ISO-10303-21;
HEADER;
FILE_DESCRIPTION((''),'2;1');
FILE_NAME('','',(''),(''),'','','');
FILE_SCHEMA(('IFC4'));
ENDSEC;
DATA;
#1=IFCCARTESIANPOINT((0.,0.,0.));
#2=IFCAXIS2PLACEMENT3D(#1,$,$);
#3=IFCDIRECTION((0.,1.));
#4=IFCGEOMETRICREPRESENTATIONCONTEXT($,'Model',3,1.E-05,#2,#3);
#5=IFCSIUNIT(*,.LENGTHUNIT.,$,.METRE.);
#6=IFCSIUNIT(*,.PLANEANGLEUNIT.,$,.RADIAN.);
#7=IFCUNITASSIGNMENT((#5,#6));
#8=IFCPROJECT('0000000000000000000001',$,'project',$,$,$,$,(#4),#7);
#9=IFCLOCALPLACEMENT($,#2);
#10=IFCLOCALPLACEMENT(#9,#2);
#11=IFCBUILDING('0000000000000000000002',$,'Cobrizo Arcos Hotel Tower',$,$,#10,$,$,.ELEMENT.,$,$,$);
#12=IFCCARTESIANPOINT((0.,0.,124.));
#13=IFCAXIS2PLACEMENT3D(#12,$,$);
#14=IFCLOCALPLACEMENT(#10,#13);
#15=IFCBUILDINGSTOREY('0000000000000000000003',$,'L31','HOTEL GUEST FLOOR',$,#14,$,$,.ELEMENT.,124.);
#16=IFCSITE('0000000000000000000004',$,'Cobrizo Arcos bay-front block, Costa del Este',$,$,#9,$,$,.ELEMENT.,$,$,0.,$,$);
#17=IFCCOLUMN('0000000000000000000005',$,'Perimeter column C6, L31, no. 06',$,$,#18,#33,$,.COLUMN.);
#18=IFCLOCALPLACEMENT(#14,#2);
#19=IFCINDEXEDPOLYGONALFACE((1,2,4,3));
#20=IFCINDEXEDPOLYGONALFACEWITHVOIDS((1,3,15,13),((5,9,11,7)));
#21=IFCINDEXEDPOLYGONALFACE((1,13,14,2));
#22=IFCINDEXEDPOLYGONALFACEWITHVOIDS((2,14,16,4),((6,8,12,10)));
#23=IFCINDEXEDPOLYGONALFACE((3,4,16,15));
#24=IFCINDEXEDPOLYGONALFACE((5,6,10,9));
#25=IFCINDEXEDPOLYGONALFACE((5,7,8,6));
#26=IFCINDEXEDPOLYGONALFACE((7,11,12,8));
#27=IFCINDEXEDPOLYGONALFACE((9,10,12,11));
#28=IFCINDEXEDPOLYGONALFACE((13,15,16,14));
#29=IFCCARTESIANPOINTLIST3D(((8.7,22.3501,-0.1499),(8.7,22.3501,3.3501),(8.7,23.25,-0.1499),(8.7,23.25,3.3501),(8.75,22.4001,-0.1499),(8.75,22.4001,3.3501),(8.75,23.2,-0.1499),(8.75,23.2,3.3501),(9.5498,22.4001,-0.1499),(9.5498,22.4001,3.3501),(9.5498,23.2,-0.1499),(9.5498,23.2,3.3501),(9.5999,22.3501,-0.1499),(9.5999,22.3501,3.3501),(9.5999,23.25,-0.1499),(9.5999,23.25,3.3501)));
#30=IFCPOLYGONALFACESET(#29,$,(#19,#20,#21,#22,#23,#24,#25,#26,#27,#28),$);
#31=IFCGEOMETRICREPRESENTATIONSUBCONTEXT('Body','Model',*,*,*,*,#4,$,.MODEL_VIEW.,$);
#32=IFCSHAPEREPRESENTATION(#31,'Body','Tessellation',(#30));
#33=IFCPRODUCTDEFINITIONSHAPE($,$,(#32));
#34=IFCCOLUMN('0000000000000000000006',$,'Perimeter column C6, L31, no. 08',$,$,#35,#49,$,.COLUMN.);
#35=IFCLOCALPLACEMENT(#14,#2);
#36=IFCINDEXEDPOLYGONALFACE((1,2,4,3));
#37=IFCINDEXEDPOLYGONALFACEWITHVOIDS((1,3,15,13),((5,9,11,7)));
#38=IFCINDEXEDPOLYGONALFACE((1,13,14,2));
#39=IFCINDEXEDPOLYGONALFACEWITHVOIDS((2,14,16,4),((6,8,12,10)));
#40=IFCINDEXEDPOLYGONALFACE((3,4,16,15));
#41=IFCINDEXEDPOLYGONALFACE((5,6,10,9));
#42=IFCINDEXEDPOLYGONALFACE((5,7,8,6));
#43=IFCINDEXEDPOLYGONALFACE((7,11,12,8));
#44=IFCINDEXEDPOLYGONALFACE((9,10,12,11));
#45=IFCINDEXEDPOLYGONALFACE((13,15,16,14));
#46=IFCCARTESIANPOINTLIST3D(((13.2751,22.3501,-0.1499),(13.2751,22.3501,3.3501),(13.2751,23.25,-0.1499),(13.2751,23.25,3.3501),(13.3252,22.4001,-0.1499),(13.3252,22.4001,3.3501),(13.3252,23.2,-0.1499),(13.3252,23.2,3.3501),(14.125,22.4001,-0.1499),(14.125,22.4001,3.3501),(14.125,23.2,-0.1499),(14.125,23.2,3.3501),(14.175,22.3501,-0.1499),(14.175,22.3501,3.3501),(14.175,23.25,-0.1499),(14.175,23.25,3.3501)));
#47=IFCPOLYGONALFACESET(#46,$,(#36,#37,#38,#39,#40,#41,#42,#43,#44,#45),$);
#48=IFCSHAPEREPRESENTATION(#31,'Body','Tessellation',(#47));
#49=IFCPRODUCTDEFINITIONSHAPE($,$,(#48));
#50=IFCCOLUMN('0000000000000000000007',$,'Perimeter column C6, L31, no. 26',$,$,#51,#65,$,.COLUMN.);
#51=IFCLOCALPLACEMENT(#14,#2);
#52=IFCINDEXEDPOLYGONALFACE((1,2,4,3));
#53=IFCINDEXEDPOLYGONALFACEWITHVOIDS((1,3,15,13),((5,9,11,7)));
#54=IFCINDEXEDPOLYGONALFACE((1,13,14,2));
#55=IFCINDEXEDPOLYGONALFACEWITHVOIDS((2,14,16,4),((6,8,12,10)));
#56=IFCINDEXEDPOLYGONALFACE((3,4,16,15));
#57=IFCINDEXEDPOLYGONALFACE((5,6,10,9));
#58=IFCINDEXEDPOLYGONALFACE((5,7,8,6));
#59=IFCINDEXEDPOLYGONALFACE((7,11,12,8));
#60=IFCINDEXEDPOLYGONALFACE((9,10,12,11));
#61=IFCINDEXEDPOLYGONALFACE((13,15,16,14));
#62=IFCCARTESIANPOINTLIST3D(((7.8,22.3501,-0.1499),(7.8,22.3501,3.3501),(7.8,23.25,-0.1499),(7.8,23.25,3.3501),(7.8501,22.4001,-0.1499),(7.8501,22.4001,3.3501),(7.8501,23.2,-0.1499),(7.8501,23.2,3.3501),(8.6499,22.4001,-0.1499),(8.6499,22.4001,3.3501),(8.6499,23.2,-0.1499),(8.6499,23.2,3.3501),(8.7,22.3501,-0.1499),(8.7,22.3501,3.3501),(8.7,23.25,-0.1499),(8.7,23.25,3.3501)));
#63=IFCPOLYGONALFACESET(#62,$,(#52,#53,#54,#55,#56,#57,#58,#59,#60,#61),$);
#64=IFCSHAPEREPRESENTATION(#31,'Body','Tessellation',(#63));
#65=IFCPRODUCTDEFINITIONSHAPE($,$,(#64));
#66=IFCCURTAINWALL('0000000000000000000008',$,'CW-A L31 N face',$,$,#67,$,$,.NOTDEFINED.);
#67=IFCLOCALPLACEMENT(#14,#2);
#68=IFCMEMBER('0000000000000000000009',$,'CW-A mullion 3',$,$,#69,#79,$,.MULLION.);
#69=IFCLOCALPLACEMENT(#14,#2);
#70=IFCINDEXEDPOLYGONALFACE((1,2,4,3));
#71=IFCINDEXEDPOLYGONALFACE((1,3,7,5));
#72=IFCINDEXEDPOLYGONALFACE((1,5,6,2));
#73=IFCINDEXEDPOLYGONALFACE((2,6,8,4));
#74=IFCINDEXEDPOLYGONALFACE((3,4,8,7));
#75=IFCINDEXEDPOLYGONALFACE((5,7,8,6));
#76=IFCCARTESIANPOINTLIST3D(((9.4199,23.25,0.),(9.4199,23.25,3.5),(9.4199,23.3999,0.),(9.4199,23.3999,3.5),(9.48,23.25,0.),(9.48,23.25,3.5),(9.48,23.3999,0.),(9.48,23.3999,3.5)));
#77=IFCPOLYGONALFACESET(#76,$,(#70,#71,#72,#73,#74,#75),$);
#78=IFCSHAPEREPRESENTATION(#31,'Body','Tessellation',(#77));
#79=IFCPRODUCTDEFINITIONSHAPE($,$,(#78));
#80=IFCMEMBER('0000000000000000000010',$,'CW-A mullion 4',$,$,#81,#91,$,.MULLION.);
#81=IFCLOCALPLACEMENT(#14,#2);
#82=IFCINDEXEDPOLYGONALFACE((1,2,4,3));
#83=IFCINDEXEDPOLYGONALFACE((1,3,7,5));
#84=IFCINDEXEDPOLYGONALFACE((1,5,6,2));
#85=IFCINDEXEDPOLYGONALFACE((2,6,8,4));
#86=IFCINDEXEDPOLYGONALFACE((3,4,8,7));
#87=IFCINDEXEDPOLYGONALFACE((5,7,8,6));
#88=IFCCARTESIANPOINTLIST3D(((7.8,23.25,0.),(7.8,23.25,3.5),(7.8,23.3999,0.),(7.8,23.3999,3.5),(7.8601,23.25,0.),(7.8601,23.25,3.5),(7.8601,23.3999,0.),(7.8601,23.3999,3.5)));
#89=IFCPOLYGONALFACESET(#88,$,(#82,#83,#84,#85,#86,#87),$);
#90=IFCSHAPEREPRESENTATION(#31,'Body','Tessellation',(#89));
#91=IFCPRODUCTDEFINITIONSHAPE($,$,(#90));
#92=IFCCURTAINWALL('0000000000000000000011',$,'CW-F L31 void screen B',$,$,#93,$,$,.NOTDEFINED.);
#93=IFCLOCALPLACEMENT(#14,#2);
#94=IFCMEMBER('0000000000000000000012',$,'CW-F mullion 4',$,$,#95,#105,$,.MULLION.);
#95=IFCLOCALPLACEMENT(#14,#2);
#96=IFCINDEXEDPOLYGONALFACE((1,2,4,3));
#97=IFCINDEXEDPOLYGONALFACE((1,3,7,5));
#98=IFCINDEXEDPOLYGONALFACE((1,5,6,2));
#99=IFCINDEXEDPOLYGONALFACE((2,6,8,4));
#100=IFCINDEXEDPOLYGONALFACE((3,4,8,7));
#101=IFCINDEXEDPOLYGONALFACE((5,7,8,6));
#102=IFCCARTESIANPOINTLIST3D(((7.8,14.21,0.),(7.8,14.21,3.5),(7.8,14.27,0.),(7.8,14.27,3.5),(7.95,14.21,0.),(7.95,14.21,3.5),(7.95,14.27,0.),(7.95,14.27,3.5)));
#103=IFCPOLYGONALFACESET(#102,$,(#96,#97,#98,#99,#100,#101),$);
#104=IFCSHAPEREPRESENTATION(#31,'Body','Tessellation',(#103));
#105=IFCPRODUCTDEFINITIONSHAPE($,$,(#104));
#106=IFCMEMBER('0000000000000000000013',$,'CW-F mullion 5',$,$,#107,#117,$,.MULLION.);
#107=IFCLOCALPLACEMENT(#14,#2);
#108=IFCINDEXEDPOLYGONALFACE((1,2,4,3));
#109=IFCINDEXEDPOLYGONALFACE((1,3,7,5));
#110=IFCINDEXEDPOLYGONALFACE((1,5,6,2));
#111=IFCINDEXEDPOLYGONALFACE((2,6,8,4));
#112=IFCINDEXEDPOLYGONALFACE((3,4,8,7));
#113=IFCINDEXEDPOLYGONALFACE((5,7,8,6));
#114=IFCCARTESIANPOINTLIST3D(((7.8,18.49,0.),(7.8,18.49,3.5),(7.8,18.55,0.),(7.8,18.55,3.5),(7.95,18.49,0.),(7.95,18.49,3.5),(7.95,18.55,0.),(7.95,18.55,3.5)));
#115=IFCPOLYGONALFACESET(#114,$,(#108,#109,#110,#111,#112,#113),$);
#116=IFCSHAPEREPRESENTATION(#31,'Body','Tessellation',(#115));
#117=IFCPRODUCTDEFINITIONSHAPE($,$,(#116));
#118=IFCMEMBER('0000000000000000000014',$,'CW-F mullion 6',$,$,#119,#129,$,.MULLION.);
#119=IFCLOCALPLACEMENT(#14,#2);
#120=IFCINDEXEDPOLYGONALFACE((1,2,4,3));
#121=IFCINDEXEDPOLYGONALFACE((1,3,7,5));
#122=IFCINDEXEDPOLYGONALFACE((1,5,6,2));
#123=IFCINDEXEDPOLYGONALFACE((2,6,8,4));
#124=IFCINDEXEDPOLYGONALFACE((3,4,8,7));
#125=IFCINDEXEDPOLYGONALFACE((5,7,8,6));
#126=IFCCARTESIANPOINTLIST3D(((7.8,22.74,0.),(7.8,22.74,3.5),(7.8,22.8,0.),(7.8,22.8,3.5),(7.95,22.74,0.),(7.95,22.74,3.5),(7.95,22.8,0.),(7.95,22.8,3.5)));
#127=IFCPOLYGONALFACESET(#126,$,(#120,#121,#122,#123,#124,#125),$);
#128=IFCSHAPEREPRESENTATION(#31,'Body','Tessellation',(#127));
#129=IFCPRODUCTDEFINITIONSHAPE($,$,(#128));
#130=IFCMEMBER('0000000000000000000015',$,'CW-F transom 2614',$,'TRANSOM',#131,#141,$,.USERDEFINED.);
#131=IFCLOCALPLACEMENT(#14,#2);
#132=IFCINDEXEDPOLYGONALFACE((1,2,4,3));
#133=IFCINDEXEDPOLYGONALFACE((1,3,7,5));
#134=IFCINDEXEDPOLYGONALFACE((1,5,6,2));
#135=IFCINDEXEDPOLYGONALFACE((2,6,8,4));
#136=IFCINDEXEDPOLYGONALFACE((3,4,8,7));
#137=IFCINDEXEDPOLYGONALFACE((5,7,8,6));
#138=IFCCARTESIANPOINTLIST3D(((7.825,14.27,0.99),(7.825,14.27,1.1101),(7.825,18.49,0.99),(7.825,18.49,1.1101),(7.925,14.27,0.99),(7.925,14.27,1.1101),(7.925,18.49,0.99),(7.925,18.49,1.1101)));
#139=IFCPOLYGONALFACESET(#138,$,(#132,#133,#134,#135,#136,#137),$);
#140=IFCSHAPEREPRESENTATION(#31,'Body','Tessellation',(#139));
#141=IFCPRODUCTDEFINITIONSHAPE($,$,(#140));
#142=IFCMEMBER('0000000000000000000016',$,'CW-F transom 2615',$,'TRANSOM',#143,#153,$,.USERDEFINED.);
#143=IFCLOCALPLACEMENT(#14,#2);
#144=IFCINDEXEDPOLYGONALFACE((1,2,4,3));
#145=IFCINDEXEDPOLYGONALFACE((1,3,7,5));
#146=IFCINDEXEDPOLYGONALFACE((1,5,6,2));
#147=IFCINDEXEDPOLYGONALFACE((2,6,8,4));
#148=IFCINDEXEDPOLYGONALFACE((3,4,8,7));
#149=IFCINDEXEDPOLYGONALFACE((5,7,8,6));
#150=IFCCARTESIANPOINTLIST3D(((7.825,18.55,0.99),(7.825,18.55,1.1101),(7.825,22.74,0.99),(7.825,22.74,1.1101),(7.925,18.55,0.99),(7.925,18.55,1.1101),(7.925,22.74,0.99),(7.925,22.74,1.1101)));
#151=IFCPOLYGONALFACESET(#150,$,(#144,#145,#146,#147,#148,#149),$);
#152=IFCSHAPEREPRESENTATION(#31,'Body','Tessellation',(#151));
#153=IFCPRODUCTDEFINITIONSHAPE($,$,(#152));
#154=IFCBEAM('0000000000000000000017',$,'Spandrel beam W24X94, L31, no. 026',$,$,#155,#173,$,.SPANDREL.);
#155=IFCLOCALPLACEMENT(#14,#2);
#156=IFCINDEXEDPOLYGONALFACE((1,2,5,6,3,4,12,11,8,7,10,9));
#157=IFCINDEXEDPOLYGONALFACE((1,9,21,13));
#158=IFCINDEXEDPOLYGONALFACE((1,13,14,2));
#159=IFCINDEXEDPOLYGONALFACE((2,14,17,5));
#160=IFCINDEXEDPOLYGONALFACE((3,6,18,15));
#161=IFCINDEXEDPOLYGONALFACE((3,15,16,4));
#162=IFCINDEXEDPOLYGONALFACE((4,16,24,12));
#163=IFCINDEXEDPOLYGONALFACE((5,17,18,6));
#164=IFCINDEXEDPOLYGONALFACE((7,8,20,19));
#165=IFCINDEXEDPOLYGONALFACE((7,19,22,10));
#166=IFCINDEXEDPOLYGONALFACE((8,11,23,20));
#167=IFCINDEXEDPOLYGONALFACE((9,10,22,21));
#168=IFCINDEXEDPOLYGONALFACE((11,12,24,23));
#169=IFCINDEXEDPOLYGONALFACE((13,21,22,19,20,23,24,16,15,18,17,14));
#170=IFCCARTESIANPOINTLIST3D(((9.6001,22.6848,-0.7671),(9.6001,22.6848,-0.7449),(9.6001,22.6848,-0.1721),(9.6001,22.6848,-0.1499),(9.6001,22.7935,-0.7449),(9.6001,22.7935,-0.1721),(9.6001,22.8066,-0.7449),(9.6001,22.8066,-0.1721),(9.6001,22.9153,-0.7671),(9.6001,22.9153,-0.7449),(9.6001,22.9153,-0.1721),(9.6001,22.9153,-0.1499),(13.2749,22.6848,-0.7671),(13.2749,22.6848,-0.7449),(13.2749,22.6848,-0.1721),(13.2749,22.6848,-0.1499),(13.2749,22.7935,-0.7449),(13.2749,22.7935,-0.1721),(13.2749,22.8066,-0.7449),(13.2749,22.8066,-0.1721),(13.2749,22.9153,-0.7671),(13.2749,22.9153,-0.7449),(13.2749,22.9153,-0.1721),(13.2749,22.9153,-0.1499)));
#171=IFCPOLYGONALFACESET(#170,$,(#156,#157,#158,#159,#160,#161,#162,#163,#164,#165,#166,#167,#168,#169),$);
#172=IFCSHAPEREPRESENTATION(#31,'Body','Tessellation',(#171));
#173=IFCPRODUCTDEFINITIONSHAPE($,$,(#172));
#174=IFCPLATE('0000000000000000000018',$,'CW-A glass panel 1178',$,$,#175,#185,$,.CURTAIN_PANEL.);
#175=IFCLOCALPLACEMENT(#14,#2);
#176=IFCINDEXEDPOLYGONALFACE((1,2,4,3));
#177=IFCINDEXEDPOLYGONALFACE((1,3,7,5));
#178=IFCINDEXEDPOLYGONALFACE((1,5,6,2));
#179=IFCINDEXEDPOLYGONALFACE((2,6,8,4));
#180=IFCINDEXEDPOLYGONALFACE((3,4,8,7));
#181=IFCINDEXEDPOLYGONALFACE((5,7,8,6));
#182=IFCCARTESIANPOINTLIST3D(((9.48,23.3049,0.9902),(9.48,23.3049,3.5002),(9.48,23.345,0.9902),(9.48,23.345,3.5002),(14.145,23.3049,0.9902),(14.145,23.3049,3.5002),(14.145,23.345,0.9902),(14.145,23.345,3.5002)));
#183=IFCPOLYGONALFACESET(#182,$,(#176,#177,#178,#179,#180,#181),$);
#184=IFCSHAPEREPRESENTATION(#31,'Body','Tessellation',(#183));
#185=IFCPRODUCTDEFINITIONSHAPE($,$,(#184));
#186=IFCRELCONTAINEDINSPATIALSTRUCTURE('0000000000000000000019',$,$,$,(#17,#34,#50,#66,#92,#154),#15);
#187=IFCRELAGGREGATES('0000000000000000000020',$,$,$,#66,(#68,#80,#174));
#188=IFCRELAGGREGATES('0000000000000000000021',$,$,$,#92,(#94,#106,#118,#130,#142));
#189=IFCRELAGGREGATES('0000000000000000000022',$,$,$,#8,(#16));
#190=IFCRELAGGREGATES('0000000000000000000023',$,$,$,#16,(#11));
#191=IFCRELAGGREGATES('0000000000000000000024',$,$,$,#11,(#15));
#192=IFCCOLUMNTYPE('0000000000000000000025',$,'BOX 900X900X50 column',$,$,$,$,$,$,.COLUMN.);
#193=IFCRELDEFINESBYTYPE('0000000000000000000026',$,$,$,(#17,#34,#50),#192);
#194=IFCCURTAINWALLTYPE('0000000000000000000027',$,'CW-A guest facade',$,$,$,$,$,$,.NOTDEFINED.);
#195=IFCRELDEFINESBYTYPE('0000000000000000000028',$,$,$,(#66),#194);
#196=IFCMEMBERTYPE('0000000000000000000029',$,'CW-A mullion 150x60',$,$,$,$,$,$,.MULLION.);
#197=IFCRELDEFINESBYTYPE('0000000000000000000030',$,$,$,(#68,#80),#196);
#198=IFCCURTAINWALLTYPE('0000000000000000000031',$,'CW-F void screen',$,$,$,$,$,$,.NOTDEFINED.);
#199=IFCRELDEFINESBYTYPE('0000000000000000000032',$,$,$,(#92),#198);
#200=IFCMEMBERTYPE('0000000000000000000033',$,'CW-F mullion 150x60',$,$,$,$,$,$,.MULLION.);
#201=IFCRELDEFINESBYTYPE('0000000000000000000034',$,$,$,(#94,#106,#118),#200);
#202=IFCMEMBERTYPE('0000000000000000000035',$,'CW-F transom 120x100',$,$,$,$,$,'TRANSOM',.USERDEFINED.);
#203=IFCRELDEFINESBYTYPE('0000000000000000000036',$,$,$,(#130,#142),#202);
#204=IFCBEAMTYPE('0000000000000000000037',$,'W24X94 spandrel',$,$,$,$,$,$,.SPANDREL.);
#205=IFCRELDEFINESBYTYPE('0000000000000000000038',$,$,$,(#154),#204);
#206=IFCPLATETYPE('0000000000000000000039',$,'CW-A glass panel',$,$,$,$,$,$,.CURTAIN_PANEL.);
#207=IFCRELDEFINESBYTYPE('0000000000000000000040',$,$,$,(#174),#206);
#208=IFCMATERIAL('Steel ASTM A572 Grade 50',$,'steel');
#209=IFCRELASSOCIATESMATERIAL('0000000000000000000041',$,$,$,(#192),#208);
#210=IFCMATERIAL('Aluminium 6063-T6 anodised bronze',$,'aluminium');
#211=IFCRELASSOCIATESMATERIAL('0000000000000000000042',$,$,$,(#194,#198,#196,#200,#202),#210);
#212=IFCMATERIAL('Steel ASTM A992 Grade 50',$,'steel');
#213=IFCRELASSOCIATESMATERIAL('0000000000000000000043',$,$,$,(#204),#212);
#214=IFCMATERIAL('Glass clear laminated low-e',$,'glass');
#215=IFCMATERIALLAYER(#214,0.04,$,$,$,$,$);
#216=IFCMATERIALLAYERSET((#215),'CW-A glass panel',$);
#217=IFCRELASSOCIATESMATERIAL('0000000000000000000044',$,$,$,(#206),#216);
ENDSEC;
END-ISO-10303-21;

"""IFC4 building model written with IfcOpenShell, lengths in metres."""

from ifc_helpers import new_model, si_unit, direction, frame, origin, origin_2d, place, context, subcontext, project, spatial, rectangle, hollow_rectangle, i_section, extrude, material, layer, layer_set, material_profile, profile_set, type_object, element, aggregate, save


model = new_model("IFC4")

# Units and contexts
model_context = context("Model", 3, precision=1e-05, world=origin(), true_north=direction((0.0, 1.0)))
body_context = subcontext(model_context, "Body", "Model", "MODEL_VIEW")
ifc_project = project(units=[si_unit("LENGTHUNIT", "METRE"), si_unit("PLANEANGLEUNIT", "RADIAN")], contexts=[model_context])

# Site, building, storey
site_placement = place(None, origin())
site = spatial("IfcSite", under=ifc_project, at=site_placement, Name="Cobrizo Arcos bay-front block, Costa del Este", CompositionType="ELEMENT", RefElevation=0.0)
building_placement = place(site_placement, origin())
building = spatial("IfcBuilding", under=site, at=building_placement, Name="Cobrizo Arcos Hotel Tower", CompositionType="ELEMENT")
storey_placement = place(building_placement, frame((0.0, 0.0, 124.0)))
storey = spatial("IfcBuildingStorey", under=building, at=storey_placement, Name="L31", Description="HOTEL GUEST FLOOR", CompositionType="ELEMENT", Elevation=124.0)

# Columns
ifc_material_1 = material(Name="Steel ASTM A572 Grade 50", Category="steel")
ifc_material_profile_1 = material_profile(ifc_material_1, hollow_rectangle(XDim=0.8999, YDim=0.8999, WallThickness=0.05, at=origin_2d()), Name="BOX 900X900X50")
ifc_profile_set_1 = profile_set([ifc_material_profile_1], Name="Steel ASTM A572 Grade 50")
column_type = type_object("IfcColumnType", Name="BOX 900X900X50 column", PredefinedType="COLUMN", material=ifc_profile_set_1)
for number, where, z_axis, x_axis, name in (
    (1, (9.1499, 22.8, -0.1499), (0.0, 0.0, 1.0), (1.0, 0.0, 0.0), "Perimeter column C6, L31, no. 06"),
    (2, (13.7251, 22.8, -0.1499), (0.0, 0.0, 1.0), (1.0, 0.0, 0.0), "Perimeter column C6, L31, no. 08"),
    (3, (8.25, 22.8, -0.1499), (0.0, 0.0, 1.0), (1.0, 0.0, 0.0), "Perimeter column C6, L31, no. 26"),
):
    element("IfcColumn", number, at=place(storey_placement, frame(where, z_axis=z_axis, x_axis=x_axis)), inside=storey, type_object=column_type, Name=name, PredefinedType="COLUMN", context=body_context, shape_type="SweptSolid", body=[
        extrude(hollow_rectangle(XDim=0.8999, YDim=0.8999, WallThickness=0.05, at=origin_2d()), origin(), (0.0, 0.0, 1.0), 3.5),
    ])

# Curtain walls, members
ifc_material_2 = material(Name="Aluminium 6063-T6 anodised bronze", Category="aluminium")
curtain_wall_type_1 = type_object("IfcCurtainWallType", Name="CW-A guest facade", PredefinedType="NOTDEFINED", material=ifc_material_2)
curtain_wall_1_placement = place(storey_placement, origin())
curtain_wall_1 = element("IfcCurtainWall", 4, at=curtain_wall_1_placement, inside=storey, type_object=curtain_wall_type_1, Name="CW-A L31 N face", PredefinedType="NOTDEFINED")
ifc_material_profile_2 = material_profile(ifc_material_2, rectangle(XDim=0.1499, YDim=0.0601, at=origin_2d()), Name="CW-A mullion 150x60")
ifc_profile_set_2 = profile_set([ifc_material_profile_2], Name="Aluminium 6063-T6 anodised bronze")
member_type_1 = type_object("IfcMemberType", Name="CW-A mullion 150x60", PredefinedType="MULLION", material=ifc_profile_set_2)
member_1_placement = place(storey_placement, frame((9.45, 23.325, 0.0), z_axis=(0.0, 0.0, 1.0), x_axis=(0.0, 1.0, 0.0)))
member_1 = element("IfcMember", 5, at=member_1_placement, type_object=member_type_1, Name="CW-A mullion 3", PredefinedType="MULLION", context=body_context, shape_type="SweptSolid", body=[
    extrude(rectangle(XDim=0.1499, YDim=0.0601, at=origin_2d()), origin(), (0.0, 0.0, 1.0), 3.5),
])
member_2_placement = place(storey_placement, frame((7.8301, 23.325, 0.0), z_axis=(0.0, 0.0, 1.0), x_axis=(0.0, 1.0, 0.0)))
member_2 = element("IfcMember", 6, at=member_2_placement, type_object=member_type_1, Name="CW-A mullion 4", PredefinedType="MULLION", context=body_context, shape_type="SweptSolid", body=[
    extrude(rectangle(XDim=0.1499, YDim=0.0601, at=origin_2d()), origin(), (0.0, 0.0, 1.0), 3.5),
])
curtain_wall_type_2 = type_object("IfcCurtainWallType", Name="CW-F void screen", PredefinedType="NOTDEFINED", material=ifc_material_2)
curtain_wall_2_placement = place(storey_placement, origin())
curtain_wall_2 = element("IfcCurtainWall", 7, at=curtain_wall_2_placement, inside=storey, type_object=curtain_wall_type_2, Name="CW-F L31 void screen B", PredefinedType="NOTDEFINED")
ifc_material_profile_3 = material_profile(ifc_material_2, rectangle(XDim=0.1499, YDim=0.0601, at=origin_2d()), Name="CW-F mullion 150x60")
ifc_profile_set_3 = profile_set([ifc_material_profile_3], Name="Aluminium 6063-T6 anodised bronze")
member_type_2 = type_object("IfcMemberType", Name="CW-F mullion 150x60", PredefinedType="MULLION", material=ifc_profile_set_3)
member_3_placement = place(storey_placement, frame((7.875, 14.24, 0.0), z_axis=(0.0, 0.0, 1.0), x_axis=(1.0, 0.0, 0.0)))
member_3 = element("IfcMember", 8, at=member_3_placement, type_object=member_type_2, Name="CW-F mullion 4", PredefinedType="MULLION", context=body_context, shape_type="SweptSolid", body=[
    extrude(rectangle(XDim=0.1499, YDim=0.0601, at=origin_2d()), origin(), (0.0, 0.0, 1.0), 3.5),
])
member_4_placement = place(storey_placement, frame((7.875, 18.52, 0.0), z_axis=(0.0, 0.0, 1.0), x_axis=(1.0, 0.0, 0.0)))
member_4 = element("IfcMember", 9, at=member_4_placement, type_object=member_type_2, Name="CW-F mullion 5", PredefinedType="MULLION", context=body_context, shape_type="SweptSolid", body=[
    extrude(rectangle(XDim=0.1499, YDim=0.0601, at=origin_2d()), origin(), (0.0, 0.0, 1.0), 3.5),
])
member_5_placement = place(storey_placement, frame((7.875, 22.77, 0.0), z_axis=(0.0, 0.0, 1.0), x_axis=(1.0, 0.0, 0.0)))
member_5 = element("IfcMember", 10, at=member_5_placement, type_object=member_type_2, Name="CW-F mullion 6", PredefinedType="MULLION", context=body_context, shape_type="SweptSolid", body=[
    extrude(rectangle(XDim=0.1499, YDim=0.0601, at=origin_2d()), origin(), (0.0, 0.0, 1.0), 3.5),
])
ifc_material_profile_4 = material_profile(ifc_material_2, rectangle(XDim=0.1001, YDim=0.1201, at=origin_2d()), Name="CW-F transom 120x100")
ifc_profile_set_4 = profile_set([ifc_material_profile_4], Name="Aluminium 6063-T6 anodised bronze")
member_type_3 = type_object("IfcMemberType", Name="CW-F transom 120x100", ElementType="TRANSOM", PredefinedType="USERDEFINED", material=ifc_profile_set_4)
member_6_placement = place(storey_placement, frame((7.875, 14.27, 1.05), z_axis=(0.0, 1.0, 0.0), x_axis=(-1.0, 0.0, 0.0)))
member_6 = element("IfcMember", 11, at=member_6_placement, type_object=member_type_3, Name="CW-F transom 2614", ObjectType="TRANSOM", PredefinedType="USERDEFINED", context=body_context, shape_type="SweptSolid", body=[
    extrude(rectangle(XDim=0.1001, YDim=0.1201, at=origin_2d()), origin(), (0.0, 0.0, 1.0), 4.22),
])
member_7_placement = place(storey_placement, frame((7.875, 18.55, 1.05), z_axis=(0.0, 1.0, 0.0), x_axis=(-1.0, 0.0, 0.0)))
member_7 = element("IfcMember", 12, at=member_7_placement, type_object=member_type_3, Name="CW-F transom 2615", ObjectType="TRANSOM", PredefinedType="USERDEFINED", context=body_context, shape_type="SweptSolid", body=[
    extrude(rectangle(XDim=0.1001, YDim=0.1201, at=origin_2d()), origin(), (0.0, 0.0, 1.0), 4.1899),
])

# Beam
ifc_material_3 = material(Name="Steel ASTM A992 Grade 50", Category="steel")
ifc_material_profile_5 = material_profile(ifc_material_3, i_section(OverallWidth=0.2305, OverallDepth=0.6172, WebThickness=0.0132, FlangeThickness=0.0222, at=origin_2d()), Name="W24X94")
ifc_profile_set_5 = profile_set([ifc_material_profile_5], Name="Steel ASTM A992 Grade 50")
beam_type = type_object("IfcBeamType", Name="W24X94 spandrel", PredefinedType="SPANDREL", material=ifc_profile_set_5)
beam_placement = place(storey_placement, frame((9.6001, 22.8, -0.4585), z_axis=(1.0, 0.0, 0.0), x_axis=(0.0, 1.0, 0.0)))
element("IfcBeam", 13, at=beam_placement, inside=storey, type_object=beam_type, Name="Spandrel beam W24X94, L31, no. 026", PredefinedType="SPANDREL", context=body_context, shape_type="SweptSolid", body=[
    extrude(i_section(OverallWidth=0.2305, OverallDepth=0.6172, WebThickness=0.0132, FlangeThickness=0.0222, at=origin_2d()), origin(), (0.0, 0.0, 1.0), 3.6748),
])

# Plate
ifc_material_4 = material(Name="Glass clear laminated low-e", Category="glass")
ifc_layer_1 = layer(ifc_material_4, 0.04)
ifc_layer_set_1 = layer_set([ifc_layer_1], Name="CW-A glass panel")
plate_type_1 = type_object("IfcPlateType", Name="CW-A glass panel", PredefinedType="CURTAIN_PANEL", material=ifc_layer_set_1)
plate_1_placement = place(storey_placement, frame((11.8125, 23.325, 0.9902), z_axis=(0.0, 0.0, 1.0), x_axis=(-1.0, 0.0, 0.0)))
plate_1 = element("IfcPlate", 14, at=plate_1_placement, type_object=plate_type_1, Name="CW-A glass panel 1178", PredefinedType="CURTAIN_PANEL", context=body_context, shape_type="SweptSolid", body=[
    extrude(rectangle(XDim=4.665, YDim=0.04, at=origin_2d()), origin(), (0.0, 0.0, 1.0), 2.51),
])
aggregate(curtain_wall_1, [member_1, member_2, plate_1])
aggregate(curtain_wall_2, [member_3, member_4, member_5, member_6, member_7])

save(model, "model.ifc")
